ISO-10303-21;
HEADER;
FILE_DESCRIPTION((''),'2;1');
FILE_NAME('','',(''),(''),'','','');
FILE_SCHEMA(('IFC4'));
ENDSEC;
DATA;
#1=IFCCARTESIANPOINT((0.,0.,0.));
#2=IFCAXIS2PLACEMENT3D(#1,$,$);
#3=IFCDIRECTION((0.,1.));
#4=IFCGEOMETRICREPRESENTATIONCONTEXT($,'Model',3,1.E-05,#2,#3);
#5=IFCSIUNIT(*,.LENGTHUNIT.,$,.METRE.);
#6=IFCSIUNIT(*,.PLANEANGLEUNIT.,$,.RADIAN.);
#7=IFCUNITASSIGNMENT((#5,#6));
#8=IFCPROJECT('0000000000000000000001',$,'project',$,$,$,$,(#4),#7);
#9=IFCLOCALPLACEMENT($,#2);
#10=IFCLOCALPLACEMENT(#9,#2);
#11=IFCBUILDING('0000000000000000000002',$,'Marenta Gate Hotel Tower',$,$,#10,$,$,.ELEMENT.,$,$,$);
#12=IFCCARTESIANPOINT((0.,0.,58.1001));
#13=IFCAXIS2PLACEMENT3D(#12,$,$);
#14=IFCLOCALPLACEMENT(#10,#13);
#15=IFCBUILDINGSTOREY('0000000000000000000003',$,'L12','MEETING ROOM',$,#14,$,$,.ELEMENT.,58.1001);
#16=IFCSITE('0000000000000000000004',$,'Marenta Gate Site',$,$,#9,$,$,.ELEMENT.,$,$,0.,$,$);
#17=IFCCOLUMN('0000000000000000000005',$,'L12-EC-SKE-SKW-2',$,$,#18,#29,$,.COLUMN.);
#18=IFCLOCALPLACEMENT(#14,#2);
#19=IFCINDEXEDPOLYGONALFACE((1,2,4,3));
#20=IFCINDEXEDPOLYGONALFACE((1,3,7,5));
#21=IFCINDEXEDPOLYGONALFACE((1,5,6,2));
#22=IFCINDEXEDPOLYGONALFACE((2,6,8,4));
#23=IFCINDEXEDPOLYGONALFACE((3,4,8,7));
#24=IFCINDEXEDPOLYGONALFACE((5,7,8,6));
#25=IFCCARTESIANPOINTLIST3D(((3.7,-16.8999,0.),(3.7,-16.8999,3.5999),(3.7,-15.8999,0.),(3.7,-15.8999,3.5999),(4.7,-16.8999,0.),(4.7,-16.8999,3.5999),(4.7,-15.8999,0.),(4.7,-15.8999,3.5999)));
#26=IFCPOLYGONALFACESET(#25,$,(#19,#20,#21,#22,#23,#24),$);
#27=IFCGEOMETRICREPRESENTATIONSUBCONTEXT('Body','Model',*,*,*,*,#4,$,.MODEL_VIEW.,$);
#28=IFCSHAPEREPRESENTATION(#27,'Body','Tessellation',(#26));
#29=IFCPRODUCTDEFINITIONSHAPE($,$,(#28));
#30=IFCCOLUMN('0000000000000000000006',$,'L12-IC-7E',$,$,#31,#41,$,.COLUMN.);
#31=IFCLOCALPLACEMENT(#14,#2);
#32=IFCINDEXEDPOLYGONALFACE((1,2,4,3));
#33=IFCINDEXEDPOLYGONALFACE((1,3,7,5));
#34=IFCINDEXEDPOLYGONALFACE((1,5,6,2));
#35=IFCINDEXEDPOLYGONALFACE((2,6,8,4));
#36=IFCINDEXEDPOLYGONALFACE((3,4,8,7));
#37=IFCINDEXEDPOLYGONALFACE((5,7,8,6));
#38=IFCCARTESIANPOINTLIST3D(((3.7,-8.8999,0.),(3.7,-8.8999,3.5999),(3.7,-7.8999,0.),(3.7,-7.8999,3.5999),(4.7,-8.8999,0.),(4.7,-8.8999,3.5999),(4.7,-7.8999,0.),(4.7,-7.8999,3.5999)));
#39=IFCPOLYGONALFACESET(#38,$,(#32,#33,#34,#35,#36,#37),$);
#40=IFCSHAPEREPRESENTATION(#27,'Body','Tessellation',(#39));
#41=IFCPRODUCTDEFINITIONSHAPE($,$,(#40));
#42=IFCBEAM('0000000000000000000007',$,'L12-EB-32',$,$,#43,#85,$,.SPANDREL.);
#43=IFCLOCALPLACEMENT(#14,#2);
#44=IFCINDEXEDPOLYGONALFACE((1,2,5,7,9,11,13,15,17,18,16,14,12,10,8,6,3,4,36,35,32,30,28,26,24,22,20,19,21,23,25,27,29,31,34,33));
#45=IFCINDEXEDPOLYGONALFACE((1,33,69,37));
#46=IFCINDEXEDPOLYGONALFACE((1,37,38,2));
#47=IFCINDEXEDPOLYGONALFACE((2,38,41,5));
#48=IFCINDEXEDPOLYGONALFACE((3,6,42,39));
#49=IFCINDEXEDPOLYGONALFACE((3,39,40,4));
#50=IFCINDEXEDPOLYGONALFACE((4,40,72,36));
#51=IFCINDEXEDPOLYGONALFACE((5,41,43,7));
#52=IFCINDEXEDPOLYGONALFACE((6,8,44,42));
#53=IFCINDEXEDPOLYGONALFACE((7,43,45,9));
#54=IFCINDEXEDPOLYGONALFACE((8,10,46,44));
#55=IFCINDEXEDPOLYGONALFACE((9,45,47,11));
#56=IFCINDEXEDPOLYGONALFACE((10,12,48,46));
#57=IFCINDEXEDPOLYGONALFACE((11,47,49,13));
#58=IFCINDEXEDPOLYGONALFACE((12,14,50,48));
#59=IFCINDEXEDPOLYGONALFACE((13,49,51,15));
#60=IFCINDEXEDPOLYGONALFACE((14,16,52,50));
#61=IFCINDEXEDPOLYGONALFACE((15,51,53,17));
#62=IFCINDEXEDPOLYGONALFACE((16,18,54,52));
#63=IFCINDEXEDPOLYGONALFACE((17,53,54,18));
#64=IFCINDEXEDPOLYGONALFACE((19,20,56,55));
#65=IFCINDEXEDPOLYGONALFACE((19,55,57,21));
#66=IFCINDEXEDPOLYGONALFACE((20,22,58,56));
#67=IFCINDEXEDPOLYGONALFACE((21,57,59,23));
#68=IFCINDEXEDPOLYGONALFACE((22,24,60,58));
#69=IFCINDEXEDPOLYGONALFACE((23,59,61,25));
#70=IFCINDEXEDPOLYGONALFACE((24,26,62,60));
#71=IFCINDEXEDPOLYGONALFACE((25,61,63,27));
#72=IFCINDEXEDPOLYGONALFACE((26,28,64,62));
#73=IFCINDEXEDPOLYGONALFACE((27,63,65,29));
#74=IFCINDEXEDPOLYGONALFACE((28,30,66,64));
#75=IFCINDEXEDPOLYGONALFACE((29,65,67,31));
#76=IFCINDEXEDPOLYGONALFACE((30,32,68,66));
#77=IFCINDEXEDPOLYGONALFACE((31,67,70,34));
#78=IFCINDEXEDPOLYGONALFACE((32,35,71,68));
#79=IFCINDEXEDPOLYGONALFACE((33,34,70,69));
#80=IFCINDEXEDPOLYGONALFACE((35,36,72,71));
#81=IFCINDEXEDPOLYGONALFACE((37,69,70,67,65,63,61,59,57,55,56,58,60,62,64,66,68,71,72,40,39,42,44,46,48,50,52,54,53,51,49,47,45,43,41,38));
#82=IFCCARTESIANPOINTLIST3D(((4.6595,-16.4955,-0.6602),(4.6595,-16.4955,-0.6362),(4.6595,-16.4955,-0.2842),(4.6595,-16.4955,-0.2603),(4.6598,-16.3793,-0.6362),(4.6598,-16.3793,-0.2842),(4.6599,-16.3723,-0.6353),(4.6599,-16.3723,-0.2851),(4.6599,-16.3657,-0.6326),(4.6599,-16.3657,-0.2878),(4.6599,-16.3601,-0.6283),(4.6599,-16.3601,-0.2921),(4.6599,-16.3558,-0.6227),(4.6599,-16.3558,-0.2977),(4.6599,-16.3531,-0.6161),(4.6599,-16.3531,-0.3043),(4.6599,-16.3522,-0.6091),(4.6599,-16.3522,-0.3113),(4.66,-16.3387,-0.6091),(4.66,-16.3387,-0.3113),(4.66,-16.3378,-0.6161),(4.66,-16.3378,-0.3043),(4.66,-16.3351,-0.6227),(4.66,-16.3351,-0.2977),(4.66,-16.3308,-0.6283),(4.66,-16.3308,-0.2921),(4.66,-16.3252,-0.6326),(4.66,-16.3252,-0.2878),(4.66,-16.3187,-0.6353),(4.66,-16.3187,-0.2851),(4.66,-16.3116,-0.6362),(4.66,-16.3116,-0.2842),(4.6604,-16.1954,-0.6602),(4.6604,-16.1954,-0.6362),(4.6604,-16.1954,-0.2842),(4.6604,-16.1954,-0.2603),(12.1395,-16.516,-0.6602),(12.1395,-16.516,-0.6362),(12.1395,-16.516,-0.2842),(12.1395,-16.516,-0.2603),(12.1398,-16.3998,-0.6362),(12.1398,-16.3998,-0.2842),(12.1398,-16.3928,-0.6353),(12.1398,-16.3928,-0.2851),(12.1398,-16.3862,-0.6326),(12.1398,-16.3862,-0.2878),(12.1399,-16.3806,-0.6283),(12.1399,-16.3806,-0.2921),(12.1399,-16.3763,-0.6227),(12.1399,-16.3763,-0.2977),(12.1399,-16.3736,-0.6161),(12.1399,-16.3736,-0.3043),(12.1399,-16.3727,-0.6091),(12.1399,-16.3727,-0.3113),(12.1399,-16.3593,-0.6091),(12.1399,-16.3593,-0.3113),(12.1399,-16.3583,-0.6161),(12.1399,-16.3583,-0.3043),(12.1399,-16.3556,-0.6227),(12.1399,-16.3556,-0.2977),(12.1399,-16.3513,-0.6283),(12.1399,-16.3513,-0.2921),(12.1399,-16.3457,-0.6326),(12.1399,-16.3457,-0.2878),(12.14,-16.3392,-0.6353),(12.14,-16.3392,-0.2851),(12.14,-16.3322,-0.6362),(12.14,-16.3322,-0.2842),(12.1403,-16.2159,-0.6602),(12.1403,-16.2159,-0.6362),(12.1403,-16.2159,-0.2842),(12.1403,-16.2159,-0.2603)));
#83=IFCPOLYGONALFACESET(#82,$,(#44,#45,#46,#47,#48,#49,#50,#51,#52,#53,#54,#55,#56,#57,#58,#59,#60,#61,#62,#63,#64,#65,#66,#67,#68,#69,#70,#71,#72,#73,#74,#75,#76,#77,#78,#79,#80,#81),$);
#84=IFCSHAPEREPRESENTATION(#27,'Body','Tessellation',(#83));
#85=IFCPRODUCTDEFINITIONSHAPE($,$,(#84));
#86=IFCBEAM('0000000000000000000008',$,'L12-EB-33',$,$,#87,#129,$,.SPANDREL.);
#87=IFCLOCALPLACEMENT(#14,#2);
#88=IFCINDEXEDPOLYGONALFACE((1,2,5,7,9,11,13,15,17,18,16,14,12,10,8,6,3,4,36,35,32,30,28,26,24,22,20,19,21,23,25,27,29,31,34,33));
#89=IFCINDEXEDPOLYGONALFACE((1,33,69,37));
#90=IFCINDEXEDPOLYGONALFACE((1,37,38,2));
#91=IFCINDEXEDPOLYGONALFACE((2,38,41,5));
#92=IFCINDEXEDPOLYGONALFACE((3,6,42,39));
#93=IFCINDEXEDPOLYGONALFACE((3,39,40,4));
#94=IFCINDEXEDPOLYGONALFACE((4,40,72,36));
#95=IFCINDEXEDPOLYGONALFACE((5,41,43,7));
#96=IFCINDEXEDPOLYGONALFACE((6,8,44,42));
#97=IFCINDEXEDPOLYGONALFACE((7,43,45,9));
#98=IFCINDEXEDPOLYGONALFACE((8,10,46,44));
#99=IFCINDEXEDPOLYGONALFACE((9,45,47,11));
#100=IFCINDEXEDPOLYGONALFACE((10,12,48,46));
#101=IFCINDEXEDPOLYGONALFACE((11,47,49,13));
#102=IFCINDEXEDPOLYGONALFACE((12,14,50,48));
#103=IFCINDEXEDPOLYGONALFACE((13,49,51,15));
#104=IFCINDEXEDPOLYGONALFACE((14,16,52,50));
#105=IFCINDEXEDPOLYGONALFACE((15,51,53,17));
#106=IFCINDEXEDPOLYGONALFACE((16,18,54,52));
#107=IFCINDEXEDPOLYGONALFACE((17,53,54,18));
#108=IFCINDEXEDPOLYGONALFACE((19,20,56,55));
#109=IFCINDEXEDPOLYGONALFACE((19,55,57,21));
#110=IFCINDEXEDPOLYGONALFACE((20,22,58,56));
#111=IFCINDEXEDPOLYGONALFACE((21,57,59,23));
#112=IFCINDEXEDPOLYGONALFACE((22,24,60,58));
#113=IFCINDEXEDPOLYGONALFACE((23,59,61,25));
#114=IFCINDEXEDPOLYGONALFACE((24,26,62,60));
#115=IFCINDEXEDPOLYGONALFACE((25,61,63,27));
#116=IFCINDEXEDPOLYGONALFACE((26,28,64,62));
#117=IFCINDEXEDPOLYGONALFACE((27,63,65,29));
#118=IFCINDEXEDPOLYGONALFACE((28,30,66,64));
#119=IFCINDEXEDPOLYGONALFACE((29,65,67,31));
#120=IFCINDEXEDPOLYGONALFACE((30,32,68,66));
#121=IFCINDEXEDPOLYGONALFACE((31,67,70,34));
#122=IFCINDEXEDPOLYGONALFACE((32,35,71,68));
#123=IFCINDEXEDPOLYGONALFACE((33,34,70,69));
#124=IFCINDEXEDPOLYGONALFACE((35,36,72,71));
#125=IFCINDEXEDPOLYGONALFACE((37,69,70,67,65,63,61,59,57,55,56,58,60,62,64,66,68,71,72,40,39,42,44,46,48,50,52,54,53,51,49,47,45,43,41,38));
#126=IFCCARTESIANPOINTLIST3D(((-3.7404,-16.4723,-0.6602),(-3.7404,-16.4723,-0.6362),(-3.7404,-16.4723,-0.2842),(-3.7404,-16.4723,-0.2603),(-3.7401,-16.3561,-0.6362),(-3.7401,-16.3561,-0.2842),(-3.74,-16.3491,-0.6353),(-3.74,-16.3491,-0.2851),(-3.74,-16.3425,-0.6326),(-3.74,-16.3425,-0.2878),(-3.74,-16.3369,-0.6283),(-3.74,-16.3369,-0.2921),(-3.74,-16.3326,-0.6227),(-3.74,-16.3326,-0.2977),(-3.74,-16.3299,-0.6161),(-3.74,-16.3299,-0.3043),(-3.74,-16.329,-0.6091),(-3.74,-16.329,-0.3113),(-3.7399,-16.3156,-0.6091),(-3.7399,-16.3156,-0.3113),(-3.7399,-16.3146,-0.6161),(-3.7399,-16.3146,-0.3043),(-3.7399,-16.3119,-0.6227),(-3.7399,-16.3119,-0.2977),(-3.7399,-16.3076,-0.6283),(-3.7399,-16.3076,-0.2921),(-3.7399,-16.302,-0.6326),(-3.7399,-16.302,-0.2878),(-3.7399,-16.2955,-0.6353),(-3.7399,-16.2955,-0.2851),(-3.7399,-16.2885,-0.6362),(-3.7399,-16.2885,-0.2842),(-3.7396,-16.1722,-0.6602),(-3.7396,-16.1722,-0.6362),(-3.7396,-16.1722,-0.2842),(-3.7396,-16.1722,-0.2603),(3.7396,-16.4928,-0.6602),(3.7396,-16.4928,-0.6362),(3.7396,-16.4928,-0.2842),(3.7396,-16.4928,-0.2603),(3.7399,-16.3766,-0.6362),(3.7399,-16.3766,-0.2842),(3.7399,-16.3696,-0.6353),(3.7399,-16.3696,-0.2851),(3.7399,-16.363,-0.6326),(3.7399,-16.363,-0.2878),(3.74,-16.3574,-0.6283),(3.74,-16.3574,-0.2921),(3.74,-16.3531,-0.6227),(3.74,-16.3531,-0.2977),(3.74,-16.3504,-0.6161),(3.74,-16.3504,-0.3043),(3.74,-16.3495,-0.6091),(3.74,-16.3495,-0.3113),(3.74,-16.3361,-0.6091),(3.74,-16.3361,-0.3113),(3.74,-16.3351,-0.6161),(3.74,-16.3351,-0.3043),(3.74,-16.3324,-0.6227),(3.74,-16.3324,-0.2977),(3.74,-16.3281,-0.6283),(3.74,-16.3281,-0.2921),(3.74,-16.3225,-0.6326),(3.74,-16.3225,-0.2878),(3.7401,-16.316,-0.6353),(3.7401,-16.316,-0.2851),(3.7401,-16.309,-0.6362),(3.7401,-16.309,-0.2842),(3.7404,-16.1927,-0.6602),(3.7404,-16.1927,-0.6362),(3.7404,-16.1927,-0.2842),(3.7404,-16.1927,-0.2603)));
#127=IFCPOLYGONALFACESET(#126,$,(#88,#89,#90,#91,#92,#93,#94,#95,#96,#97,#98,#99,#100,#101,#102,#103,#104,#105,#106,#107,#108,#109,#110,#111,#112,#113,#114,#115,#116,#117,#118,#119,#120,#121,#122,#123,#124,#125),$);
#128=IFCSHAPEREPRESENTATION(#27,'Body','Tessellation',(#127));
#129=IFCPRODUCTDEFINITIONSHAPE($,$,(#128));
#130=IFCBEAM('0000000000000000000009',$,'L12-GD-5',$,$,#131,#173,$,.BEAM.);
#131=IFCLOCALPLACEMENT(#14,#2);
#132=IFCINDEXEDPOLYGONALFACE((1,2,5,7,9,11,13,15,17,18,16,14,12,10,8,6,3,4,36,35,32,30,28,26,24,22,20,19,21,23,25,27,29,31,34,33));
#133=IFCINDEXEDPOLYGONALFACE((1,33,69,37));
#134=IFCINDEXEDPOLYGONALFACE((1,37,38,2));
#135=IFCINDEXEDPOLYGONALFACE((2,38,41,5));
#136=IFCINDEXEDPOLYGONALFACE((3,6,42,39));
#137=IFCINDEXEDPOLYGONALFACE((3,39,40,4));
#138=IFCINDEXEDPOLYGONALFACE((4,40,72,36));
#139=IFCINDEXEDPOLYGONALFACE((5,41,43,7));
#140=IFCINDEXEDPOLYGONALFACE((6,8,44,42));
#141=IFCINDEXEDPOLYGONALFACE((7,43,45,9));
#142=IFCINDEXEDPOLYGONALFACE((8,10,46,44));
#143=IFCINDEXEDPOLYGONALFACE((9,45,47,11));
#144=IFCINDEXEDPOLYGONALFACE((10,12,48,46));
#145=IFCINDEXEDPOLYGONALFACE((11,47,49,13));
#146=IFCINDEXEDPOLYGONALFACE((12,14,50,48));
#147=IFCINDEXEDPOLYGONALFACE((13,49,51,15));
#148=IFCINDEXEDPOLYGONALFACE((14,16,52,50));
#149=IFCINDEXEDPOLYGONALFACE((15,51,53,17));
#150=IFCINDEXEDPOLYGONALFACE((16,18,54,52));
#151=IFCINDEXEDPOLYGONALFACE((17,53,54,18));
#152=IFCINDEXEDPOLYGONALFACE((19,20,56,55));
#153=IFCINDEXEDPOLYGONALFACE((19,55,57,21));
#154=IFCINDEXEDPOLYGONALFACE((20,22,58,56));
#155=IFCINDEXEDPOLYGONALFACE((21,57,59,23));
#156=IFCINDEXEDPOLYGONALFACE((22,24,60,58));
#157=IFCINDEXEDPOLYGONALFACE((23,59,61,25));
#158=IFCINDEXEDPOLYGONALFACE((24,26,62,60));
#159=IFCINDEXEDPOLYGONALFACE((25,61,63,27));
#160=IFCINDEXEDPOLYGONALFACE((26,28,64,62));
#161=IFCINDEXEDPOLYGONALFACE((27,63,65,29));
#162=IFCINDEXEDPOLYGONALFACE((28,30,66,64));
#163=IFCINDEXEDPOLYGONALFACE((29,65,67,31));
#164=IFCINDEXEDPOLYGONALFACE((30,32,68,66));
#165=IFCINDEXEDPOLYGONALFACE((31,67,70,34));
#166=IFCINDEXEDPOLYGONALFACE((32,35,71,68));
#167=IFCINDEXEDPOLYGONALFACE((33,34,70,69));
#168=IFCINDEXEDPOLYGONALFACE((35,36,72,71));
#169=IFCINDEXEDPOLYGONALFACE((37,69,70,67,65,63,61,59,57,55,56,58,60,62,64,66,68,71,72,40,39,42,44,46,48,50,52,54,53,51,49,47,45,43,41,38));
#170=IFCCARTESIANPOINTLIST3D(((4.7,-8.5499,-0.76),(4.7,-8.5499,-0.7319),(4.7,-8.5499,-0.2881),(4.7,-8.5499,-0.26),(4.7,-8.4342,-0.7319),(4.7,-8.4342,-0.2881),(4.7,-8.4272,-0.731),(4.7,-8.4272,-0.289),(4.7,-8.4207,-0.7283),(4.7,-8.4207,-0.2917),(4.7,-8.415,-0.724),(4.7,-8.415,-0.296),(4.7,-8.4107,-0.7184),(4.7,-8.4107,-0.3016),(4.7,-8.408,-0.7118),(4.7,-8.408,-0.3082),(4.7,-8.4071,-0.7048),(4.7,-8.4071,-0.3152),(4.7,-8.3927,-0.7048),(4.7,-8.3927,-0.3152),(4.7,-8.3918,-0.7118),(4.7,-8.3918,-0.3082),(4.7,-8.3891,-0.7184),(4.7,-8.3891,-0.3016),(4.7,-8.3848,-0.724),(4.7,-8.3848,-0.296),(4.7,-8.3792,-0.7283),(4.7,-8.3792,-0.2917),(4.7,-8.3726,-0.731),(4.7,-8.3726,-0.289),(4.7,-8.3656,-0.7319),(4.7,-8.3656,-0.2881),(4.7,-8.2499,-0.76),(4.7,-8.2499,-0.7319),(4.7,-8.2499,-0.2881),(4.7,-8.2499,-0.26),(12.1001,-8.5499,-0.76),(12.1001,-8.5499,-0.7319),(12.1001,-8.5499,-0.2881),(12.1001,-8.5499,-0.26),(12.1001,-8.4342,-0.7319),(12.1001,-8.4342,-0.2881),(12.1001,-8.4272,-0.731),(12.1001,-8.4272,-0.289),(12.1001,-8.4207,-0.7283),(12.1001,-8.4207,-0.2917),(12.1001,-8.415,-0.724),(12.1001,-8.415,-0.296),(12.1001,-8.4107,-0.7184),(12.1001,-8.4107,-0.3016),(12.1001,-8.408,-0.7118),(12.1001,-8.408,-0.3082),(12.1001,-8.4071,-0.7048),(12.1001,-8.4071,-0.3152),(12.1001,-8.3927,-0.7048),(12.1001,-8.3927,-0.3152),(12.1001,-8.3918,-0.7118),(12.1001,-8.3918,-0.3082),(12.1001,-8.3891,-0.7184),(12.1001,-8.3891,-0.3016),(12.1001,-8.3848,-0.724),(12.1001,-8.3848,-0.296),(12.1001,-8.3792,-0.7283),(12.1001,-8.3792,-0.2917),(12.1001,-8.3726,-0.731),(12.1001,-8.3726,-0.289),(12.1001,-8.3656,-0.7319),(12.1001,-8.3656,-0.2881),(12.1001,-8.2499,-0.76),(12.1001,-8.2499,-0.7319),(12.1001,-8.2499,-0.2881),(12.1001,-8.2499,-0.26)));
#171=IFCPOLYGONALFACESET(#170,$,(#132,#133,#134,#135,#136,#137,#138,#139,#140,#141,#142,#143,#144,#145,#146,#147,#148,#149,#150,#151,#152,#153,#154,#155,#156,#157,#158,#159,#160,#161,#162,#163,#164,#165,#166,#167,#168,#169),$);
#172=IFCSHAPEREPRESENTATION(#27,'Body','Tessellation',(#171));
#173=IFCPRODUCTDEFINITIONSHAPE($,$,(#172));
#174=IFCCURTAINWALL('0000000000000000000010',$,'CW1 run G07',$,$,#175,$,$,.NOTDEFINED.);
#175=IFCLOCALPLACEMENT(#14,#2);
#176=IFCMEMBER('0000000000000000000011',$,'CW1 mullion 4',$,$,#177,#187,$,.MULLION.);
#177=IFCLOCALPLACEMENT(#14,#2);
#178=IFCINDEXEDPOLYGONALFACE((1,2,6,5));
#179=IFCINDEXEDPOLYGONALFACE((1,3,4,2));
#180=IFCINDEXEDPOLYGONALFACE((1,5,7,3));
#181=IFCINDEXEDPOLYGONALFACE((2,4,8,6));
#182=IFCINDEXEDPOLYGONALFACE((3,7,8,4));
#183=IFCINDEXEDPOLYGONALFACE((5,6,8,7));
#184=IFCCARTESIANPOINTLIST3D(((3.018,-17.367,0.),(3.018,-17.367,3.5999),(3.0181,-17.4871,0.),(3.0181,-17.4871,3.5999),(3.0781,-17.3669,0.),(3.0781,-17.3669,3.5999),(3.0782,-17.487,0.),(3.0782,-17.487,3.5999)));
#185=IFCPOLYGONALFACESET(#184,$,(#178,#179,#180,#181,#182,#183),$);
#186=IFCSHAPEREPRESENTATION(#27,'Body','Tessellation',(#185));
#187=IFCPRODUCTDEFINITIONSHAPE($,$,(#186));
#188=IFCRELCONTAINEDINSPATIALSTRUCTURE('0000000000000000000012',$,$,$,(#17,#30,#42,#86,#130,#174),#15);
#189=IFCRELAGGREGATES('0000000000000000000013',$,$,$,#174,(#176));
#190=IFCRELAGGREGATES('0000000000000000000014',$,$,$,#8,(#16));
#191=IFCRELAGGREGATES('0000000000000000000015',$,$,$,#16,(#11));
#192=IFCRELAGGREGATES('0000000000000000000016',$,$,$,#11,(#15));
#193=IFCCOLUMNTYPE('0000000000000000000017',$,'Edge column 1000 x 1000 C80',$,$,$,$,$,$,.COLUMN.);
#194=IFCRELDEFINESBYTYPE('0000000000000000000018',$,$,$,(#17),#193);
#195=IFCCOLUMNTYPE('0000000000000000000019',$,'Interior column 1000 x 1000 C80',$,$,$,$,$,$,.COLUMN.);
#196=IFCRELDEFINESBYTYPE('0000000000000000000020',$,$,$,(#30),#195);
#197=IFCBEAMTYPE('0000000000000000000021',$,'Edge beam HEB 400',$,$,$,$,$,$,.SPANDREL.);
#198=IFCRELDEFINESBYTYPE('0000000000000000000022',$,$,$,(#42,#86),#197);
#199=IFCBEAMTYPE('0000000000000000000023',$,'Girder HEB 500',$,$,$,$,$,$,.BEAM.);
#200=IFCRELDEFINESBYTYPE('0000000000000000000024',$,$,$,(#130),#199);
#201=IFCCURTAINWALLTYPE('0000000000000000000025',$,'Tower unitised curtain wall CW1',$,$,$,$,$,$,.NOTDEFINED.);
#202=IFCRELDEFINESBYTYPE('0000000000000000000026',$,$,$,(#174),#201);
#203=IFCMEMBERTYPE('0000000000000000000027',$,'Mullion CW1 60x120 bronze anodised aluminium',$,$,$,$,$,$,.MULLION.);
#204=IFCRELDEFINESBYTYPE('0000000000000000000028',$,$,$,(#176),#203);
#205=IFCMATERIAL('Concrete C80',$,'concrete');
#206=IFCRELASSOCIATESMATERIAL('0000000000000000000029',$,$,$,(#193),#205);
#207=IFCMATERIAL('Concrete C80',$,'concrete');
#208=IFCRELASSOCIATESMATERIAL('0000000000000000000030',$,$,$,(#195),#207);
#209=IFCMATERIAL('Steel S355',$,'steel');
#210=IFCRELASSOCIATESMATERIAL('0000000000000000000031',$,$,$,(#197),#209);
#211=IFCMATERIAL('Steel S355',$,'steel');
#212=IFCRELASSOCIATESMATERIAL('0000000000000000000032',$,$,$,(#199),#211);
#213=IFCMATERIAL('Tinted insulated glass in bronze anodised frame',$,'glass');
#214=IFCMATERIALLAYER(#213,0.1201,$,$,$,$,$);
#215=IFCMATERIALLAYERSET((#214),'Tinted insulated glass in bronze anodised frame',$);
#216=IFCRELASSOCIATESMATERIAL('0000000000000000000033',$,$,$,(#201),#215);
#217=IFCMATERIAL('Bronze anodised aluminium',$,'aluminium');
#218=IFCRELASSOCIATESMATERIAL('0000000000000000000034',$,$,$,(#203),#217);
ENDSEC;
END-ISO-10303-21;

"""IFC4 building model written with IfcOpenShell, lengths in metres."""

from ifc_helpers import new_model, si_unit, direction, frame, origin, origin_2d, place, context, subcontext, project, spatial, rectangle, i_section, extrude, material, layer, layer_set, material_profile, profile_set, type_object, element, aggregate, save


model = new_model("IFC4")

# Units and contexts
model_context = context("Model", 3, precision=1e-05, world=origin(), true_north=direction((0.0, 1.0)))
body_context = subcontext(model_context, "Body", "Model", "MODEL_VIEW")
ifc_project = project(units=[si_unit("LENGTHUNIT", "METRE"), si_unit("PLANEANGLEUNIT", "RADIAN")], contexts=[model_context])

# Site, building, storey
site_placement = place(None, origin())
site = spatial("IfcSite", under=ifc_project, at=site_placement, Name="Marenta Gate Site", CompositionType="ELEMENT", RefElevation=0.0)
building_placement = place(site_placement, origin())
building = spatial("IfcBuilding", under=site, at=building_placement, Name="Marenta Gate Hotel Tower", CompositionType="ELEMENT")
storey_placement = place(building_placement, frame((0.0, 0.0, 58.1001)))
storey = spatial("IfcBuildingStorey", under=building, at=storey_placement, Name="L12", Description="MEETING ROOM", CompositionType="ELEMENT", Elevation=58.1001)

# Columns
ifc_material_1 = material(Name="Concrete C80", Category="concrete")
ifc_material_profile_1 = material_profile(ifc_material_1, rectangle(XDim=1.0, YDim=1.0, at=origin_2d()), Name="1000 x 1000")
ifc_profile_set_1 = profile_set([ifc_material_profile_1], Name="Concrete C80")
column_type_1 = type_object("IfcColumnType", Name="Edge column 1000 x 1000 C80", PredefinedType="COLUMN", material=ifc_profile_set_1)
column_1_placement = place(storey_placement, frame((4.2, -16.3999, 0.0), z_axis=(0.0, 0.0, 1.0), x_axis=(1.0, 0.0, 0.0)))
element("IfcColumn", 1, at=column_1_placement, inside=storey, type_object=column_type_1, Name="L12-EC-SKE-SKW-2", PredefinedType="COLUMN", context=body_context, shape_type="SweptSolid", body=[
    extrude(rectangle(XDim=1.0, YDim=1.0, at=origin_2d()), origin(), (0.0, 0.0, 1.0), 3.5999),
])
ifc_material_2 = material(Name="Concrete C80", Category="concrete")
ifc_material_profile_2 = material_profile(ifc_material_2, rectangle(XDim=1.0, YDim=1.0, at=origin_2d()), Name="1000 x 1000")
ifc_profile_set_2 = profile_set([ifc_material_profile_2], Name="Concrete C80")
column_type_2 = type_object("IfcColumnType", Name="Interior column 1000 x 1000 C80", PredefinedType="COLUMN", material=ifc_profile_set_2)
column_2_placement = place(storey_placement, frame((4.2, -8.3999, 0.0), z_axis=(0.0, 0.0, 1.0), x_axis=(1.0, 0.0, 0.0)))
element("IfcColumn", 2, at=column_2_placement, inside=storey, type_object=column_type_2, Name="L12-IC-7E", PredefinedType="COLUMN", context=body_context, shape_type="SweptSolid", body=[
    extrude(rectangle(XDim=1.0, YDim=1.0, at=origin_2d()), origin(), (0.0, 0.0, 1.0), 3.5999),
])

# Beams
ifc_material_3 = material(Name="Steel S355", Category="steel")
ifc_material_profile_3 = material_profile(ifc_material_3, i_section(OverallWidth=0.3, OverallDepth=0.3999, WebThickness=0.0134, FlangeThickness=0.0239, FilletRadius=0.0271, at=origin_2d()), Name="HEB 400")
ifc_profile_set_3 = profile_set([ifc_material_profile_3], Name="Steel S355")
beam_type_1 = type_object("IfcBeamType", Name="Edge beam HEB 400", PredefinedType="SPANDREL", material=ifc_profile_set_3)
for number, where, z_axis, x_axis, name in (
    (3, (12.1399, -16.366, -0.4602), (-0.999996, 0.002742, 0.0), (-0.002742, -0.999996, 0.0), "L12-EB-32"),
    (4, (3.74, -16.3428, -0.4602), (-0.999996, 0.002742, 0.0), (-0.002742, -0.999996, 0.0), "L12-EB-33"),
):
    element("IfcBeam", number, at=place(storey_placement, frame(where, z_axis=z_axis, x_axis=x_axis)), inside=storey, type_object=beam_type_1, Name=name, PredefinedType="SPANDREL", context=body_context, shape_type="SweptSolid", body=[
        extrude(i_section(OverallWidth=0.3, OverallDepth=0.3999, WebThickness=0.0134, FlangeThickness=0.0239, FilletRadius=0.0271, at=origin_2d()), origin(), (0.0, 0.0, 1.0), 7.48),
    ])
ifc_material_4 = material(Name="Steel S355", Category="steel")
ifc_material_profile_4 = material_profile(ifc_material_4, i_section(OverallWidth=0.3, OverallDepth=0.5, WebThickness=0.0144, FlangeThickness=0.0281, FilletRadius=0.0271, at=origin_2d()), Name="HEB 500")
ifc_profile_set_4 = profile_set([ifc_material_profile_4], Name="Steel S355")
beam_type_2 = type_object("IfcBeamType", Name="Girder HEB 500", PredefinedType="BEAM", material=ifc_profile_set_4)
beam_placement = place(storey_placement, frame((4.7, -8.3999, -0.51), z_axis=(1.0, 0.0, 0.0), x_axis=(0.0, 1.0, 0.0)))
element("IfcBeam", 5, at=beam_placement, inside=storey, type_object=beam_type_2, Name="L12-GD-5", PredefinedType="BEAM", context=body_context, shape_type="SweptSolid", body=[
    extrude(i_section(OverallWidth=0.3, OverallDepth=0.5, WebThickness=0.0144, FlangeThickness=0.0281, FilletRadius=0.0271, at=origin_2d()), origin(), (0.0, 0.0, 1.0), 7.4001),
])

# Curtain wall, member
ifc_material_5 = material(Name="Tinted insulated glass in bronze anodised frame", Category="glass")
ifc_layer_1 = layer(ifc_material_5, 0.1201)
ifc_layer_set_1 = layer_set([ifc_layer_1], Name="Tinted insulated glass in bronze anodised frame")
curtain_wall_type = type_object("IfcCurtainWallType", Name="Tower unitised curtain wall CW1", PredefinedType="NOTDEFINED", material=ifc_layer_set_1)
curtain_wall_placement = place(storey_placement, origin())
curtain_wall = element("IfcCurtainWall", 6, at=curtain_wall_placement, inside=storey, type_object=curtain_wall_type, Name="CW1 run G07", PredefinedType="NOTDEFINED")
ifc_material_6 = material(Name="Bronze anodised aluminium", Category="aluminium")
ifc_material_profile_5 = material_profile(ifc_material_6, rectangle(XDim=0.1201, YDim=0.0601, at=origin_2d()), Name="Mullion CW1 60x120 bronze anodised aluminium")
ifc_profile_set_5 = profile_set([ifc_material_profile_5], Name="Bronze anodised aluminium")
member_type_1 = type_object("IfcMemberType", Name="Mullion CW1 60x120 bronze anodised aluminium", PredefinedType="MULLION", material=ifc_profile_set_5)
member_1_placement = place(storey_placement, frame((3.0481, -17.427, 0.0), z_axis=(0.0, 0.0, 1.0), x_axis=(-0.001162, 0.999999, 0.0)))
member_1 = element("IfcMember", 7, at=member_1_placement, type_object=member_type_1, Name="CW1 mullion 4", PredefinedType="MULLION", context=body_context, shape_type="SweptSolid", body=[
    extrude(rectangle(XDim=0.1201, YDim=0.0601, at=origin_2d()), origin(), (0.0, 0.0, 1.0), 3.5999),
])
aggregate(curtain_wall, [member_1])

save(model, "model.ifc")
